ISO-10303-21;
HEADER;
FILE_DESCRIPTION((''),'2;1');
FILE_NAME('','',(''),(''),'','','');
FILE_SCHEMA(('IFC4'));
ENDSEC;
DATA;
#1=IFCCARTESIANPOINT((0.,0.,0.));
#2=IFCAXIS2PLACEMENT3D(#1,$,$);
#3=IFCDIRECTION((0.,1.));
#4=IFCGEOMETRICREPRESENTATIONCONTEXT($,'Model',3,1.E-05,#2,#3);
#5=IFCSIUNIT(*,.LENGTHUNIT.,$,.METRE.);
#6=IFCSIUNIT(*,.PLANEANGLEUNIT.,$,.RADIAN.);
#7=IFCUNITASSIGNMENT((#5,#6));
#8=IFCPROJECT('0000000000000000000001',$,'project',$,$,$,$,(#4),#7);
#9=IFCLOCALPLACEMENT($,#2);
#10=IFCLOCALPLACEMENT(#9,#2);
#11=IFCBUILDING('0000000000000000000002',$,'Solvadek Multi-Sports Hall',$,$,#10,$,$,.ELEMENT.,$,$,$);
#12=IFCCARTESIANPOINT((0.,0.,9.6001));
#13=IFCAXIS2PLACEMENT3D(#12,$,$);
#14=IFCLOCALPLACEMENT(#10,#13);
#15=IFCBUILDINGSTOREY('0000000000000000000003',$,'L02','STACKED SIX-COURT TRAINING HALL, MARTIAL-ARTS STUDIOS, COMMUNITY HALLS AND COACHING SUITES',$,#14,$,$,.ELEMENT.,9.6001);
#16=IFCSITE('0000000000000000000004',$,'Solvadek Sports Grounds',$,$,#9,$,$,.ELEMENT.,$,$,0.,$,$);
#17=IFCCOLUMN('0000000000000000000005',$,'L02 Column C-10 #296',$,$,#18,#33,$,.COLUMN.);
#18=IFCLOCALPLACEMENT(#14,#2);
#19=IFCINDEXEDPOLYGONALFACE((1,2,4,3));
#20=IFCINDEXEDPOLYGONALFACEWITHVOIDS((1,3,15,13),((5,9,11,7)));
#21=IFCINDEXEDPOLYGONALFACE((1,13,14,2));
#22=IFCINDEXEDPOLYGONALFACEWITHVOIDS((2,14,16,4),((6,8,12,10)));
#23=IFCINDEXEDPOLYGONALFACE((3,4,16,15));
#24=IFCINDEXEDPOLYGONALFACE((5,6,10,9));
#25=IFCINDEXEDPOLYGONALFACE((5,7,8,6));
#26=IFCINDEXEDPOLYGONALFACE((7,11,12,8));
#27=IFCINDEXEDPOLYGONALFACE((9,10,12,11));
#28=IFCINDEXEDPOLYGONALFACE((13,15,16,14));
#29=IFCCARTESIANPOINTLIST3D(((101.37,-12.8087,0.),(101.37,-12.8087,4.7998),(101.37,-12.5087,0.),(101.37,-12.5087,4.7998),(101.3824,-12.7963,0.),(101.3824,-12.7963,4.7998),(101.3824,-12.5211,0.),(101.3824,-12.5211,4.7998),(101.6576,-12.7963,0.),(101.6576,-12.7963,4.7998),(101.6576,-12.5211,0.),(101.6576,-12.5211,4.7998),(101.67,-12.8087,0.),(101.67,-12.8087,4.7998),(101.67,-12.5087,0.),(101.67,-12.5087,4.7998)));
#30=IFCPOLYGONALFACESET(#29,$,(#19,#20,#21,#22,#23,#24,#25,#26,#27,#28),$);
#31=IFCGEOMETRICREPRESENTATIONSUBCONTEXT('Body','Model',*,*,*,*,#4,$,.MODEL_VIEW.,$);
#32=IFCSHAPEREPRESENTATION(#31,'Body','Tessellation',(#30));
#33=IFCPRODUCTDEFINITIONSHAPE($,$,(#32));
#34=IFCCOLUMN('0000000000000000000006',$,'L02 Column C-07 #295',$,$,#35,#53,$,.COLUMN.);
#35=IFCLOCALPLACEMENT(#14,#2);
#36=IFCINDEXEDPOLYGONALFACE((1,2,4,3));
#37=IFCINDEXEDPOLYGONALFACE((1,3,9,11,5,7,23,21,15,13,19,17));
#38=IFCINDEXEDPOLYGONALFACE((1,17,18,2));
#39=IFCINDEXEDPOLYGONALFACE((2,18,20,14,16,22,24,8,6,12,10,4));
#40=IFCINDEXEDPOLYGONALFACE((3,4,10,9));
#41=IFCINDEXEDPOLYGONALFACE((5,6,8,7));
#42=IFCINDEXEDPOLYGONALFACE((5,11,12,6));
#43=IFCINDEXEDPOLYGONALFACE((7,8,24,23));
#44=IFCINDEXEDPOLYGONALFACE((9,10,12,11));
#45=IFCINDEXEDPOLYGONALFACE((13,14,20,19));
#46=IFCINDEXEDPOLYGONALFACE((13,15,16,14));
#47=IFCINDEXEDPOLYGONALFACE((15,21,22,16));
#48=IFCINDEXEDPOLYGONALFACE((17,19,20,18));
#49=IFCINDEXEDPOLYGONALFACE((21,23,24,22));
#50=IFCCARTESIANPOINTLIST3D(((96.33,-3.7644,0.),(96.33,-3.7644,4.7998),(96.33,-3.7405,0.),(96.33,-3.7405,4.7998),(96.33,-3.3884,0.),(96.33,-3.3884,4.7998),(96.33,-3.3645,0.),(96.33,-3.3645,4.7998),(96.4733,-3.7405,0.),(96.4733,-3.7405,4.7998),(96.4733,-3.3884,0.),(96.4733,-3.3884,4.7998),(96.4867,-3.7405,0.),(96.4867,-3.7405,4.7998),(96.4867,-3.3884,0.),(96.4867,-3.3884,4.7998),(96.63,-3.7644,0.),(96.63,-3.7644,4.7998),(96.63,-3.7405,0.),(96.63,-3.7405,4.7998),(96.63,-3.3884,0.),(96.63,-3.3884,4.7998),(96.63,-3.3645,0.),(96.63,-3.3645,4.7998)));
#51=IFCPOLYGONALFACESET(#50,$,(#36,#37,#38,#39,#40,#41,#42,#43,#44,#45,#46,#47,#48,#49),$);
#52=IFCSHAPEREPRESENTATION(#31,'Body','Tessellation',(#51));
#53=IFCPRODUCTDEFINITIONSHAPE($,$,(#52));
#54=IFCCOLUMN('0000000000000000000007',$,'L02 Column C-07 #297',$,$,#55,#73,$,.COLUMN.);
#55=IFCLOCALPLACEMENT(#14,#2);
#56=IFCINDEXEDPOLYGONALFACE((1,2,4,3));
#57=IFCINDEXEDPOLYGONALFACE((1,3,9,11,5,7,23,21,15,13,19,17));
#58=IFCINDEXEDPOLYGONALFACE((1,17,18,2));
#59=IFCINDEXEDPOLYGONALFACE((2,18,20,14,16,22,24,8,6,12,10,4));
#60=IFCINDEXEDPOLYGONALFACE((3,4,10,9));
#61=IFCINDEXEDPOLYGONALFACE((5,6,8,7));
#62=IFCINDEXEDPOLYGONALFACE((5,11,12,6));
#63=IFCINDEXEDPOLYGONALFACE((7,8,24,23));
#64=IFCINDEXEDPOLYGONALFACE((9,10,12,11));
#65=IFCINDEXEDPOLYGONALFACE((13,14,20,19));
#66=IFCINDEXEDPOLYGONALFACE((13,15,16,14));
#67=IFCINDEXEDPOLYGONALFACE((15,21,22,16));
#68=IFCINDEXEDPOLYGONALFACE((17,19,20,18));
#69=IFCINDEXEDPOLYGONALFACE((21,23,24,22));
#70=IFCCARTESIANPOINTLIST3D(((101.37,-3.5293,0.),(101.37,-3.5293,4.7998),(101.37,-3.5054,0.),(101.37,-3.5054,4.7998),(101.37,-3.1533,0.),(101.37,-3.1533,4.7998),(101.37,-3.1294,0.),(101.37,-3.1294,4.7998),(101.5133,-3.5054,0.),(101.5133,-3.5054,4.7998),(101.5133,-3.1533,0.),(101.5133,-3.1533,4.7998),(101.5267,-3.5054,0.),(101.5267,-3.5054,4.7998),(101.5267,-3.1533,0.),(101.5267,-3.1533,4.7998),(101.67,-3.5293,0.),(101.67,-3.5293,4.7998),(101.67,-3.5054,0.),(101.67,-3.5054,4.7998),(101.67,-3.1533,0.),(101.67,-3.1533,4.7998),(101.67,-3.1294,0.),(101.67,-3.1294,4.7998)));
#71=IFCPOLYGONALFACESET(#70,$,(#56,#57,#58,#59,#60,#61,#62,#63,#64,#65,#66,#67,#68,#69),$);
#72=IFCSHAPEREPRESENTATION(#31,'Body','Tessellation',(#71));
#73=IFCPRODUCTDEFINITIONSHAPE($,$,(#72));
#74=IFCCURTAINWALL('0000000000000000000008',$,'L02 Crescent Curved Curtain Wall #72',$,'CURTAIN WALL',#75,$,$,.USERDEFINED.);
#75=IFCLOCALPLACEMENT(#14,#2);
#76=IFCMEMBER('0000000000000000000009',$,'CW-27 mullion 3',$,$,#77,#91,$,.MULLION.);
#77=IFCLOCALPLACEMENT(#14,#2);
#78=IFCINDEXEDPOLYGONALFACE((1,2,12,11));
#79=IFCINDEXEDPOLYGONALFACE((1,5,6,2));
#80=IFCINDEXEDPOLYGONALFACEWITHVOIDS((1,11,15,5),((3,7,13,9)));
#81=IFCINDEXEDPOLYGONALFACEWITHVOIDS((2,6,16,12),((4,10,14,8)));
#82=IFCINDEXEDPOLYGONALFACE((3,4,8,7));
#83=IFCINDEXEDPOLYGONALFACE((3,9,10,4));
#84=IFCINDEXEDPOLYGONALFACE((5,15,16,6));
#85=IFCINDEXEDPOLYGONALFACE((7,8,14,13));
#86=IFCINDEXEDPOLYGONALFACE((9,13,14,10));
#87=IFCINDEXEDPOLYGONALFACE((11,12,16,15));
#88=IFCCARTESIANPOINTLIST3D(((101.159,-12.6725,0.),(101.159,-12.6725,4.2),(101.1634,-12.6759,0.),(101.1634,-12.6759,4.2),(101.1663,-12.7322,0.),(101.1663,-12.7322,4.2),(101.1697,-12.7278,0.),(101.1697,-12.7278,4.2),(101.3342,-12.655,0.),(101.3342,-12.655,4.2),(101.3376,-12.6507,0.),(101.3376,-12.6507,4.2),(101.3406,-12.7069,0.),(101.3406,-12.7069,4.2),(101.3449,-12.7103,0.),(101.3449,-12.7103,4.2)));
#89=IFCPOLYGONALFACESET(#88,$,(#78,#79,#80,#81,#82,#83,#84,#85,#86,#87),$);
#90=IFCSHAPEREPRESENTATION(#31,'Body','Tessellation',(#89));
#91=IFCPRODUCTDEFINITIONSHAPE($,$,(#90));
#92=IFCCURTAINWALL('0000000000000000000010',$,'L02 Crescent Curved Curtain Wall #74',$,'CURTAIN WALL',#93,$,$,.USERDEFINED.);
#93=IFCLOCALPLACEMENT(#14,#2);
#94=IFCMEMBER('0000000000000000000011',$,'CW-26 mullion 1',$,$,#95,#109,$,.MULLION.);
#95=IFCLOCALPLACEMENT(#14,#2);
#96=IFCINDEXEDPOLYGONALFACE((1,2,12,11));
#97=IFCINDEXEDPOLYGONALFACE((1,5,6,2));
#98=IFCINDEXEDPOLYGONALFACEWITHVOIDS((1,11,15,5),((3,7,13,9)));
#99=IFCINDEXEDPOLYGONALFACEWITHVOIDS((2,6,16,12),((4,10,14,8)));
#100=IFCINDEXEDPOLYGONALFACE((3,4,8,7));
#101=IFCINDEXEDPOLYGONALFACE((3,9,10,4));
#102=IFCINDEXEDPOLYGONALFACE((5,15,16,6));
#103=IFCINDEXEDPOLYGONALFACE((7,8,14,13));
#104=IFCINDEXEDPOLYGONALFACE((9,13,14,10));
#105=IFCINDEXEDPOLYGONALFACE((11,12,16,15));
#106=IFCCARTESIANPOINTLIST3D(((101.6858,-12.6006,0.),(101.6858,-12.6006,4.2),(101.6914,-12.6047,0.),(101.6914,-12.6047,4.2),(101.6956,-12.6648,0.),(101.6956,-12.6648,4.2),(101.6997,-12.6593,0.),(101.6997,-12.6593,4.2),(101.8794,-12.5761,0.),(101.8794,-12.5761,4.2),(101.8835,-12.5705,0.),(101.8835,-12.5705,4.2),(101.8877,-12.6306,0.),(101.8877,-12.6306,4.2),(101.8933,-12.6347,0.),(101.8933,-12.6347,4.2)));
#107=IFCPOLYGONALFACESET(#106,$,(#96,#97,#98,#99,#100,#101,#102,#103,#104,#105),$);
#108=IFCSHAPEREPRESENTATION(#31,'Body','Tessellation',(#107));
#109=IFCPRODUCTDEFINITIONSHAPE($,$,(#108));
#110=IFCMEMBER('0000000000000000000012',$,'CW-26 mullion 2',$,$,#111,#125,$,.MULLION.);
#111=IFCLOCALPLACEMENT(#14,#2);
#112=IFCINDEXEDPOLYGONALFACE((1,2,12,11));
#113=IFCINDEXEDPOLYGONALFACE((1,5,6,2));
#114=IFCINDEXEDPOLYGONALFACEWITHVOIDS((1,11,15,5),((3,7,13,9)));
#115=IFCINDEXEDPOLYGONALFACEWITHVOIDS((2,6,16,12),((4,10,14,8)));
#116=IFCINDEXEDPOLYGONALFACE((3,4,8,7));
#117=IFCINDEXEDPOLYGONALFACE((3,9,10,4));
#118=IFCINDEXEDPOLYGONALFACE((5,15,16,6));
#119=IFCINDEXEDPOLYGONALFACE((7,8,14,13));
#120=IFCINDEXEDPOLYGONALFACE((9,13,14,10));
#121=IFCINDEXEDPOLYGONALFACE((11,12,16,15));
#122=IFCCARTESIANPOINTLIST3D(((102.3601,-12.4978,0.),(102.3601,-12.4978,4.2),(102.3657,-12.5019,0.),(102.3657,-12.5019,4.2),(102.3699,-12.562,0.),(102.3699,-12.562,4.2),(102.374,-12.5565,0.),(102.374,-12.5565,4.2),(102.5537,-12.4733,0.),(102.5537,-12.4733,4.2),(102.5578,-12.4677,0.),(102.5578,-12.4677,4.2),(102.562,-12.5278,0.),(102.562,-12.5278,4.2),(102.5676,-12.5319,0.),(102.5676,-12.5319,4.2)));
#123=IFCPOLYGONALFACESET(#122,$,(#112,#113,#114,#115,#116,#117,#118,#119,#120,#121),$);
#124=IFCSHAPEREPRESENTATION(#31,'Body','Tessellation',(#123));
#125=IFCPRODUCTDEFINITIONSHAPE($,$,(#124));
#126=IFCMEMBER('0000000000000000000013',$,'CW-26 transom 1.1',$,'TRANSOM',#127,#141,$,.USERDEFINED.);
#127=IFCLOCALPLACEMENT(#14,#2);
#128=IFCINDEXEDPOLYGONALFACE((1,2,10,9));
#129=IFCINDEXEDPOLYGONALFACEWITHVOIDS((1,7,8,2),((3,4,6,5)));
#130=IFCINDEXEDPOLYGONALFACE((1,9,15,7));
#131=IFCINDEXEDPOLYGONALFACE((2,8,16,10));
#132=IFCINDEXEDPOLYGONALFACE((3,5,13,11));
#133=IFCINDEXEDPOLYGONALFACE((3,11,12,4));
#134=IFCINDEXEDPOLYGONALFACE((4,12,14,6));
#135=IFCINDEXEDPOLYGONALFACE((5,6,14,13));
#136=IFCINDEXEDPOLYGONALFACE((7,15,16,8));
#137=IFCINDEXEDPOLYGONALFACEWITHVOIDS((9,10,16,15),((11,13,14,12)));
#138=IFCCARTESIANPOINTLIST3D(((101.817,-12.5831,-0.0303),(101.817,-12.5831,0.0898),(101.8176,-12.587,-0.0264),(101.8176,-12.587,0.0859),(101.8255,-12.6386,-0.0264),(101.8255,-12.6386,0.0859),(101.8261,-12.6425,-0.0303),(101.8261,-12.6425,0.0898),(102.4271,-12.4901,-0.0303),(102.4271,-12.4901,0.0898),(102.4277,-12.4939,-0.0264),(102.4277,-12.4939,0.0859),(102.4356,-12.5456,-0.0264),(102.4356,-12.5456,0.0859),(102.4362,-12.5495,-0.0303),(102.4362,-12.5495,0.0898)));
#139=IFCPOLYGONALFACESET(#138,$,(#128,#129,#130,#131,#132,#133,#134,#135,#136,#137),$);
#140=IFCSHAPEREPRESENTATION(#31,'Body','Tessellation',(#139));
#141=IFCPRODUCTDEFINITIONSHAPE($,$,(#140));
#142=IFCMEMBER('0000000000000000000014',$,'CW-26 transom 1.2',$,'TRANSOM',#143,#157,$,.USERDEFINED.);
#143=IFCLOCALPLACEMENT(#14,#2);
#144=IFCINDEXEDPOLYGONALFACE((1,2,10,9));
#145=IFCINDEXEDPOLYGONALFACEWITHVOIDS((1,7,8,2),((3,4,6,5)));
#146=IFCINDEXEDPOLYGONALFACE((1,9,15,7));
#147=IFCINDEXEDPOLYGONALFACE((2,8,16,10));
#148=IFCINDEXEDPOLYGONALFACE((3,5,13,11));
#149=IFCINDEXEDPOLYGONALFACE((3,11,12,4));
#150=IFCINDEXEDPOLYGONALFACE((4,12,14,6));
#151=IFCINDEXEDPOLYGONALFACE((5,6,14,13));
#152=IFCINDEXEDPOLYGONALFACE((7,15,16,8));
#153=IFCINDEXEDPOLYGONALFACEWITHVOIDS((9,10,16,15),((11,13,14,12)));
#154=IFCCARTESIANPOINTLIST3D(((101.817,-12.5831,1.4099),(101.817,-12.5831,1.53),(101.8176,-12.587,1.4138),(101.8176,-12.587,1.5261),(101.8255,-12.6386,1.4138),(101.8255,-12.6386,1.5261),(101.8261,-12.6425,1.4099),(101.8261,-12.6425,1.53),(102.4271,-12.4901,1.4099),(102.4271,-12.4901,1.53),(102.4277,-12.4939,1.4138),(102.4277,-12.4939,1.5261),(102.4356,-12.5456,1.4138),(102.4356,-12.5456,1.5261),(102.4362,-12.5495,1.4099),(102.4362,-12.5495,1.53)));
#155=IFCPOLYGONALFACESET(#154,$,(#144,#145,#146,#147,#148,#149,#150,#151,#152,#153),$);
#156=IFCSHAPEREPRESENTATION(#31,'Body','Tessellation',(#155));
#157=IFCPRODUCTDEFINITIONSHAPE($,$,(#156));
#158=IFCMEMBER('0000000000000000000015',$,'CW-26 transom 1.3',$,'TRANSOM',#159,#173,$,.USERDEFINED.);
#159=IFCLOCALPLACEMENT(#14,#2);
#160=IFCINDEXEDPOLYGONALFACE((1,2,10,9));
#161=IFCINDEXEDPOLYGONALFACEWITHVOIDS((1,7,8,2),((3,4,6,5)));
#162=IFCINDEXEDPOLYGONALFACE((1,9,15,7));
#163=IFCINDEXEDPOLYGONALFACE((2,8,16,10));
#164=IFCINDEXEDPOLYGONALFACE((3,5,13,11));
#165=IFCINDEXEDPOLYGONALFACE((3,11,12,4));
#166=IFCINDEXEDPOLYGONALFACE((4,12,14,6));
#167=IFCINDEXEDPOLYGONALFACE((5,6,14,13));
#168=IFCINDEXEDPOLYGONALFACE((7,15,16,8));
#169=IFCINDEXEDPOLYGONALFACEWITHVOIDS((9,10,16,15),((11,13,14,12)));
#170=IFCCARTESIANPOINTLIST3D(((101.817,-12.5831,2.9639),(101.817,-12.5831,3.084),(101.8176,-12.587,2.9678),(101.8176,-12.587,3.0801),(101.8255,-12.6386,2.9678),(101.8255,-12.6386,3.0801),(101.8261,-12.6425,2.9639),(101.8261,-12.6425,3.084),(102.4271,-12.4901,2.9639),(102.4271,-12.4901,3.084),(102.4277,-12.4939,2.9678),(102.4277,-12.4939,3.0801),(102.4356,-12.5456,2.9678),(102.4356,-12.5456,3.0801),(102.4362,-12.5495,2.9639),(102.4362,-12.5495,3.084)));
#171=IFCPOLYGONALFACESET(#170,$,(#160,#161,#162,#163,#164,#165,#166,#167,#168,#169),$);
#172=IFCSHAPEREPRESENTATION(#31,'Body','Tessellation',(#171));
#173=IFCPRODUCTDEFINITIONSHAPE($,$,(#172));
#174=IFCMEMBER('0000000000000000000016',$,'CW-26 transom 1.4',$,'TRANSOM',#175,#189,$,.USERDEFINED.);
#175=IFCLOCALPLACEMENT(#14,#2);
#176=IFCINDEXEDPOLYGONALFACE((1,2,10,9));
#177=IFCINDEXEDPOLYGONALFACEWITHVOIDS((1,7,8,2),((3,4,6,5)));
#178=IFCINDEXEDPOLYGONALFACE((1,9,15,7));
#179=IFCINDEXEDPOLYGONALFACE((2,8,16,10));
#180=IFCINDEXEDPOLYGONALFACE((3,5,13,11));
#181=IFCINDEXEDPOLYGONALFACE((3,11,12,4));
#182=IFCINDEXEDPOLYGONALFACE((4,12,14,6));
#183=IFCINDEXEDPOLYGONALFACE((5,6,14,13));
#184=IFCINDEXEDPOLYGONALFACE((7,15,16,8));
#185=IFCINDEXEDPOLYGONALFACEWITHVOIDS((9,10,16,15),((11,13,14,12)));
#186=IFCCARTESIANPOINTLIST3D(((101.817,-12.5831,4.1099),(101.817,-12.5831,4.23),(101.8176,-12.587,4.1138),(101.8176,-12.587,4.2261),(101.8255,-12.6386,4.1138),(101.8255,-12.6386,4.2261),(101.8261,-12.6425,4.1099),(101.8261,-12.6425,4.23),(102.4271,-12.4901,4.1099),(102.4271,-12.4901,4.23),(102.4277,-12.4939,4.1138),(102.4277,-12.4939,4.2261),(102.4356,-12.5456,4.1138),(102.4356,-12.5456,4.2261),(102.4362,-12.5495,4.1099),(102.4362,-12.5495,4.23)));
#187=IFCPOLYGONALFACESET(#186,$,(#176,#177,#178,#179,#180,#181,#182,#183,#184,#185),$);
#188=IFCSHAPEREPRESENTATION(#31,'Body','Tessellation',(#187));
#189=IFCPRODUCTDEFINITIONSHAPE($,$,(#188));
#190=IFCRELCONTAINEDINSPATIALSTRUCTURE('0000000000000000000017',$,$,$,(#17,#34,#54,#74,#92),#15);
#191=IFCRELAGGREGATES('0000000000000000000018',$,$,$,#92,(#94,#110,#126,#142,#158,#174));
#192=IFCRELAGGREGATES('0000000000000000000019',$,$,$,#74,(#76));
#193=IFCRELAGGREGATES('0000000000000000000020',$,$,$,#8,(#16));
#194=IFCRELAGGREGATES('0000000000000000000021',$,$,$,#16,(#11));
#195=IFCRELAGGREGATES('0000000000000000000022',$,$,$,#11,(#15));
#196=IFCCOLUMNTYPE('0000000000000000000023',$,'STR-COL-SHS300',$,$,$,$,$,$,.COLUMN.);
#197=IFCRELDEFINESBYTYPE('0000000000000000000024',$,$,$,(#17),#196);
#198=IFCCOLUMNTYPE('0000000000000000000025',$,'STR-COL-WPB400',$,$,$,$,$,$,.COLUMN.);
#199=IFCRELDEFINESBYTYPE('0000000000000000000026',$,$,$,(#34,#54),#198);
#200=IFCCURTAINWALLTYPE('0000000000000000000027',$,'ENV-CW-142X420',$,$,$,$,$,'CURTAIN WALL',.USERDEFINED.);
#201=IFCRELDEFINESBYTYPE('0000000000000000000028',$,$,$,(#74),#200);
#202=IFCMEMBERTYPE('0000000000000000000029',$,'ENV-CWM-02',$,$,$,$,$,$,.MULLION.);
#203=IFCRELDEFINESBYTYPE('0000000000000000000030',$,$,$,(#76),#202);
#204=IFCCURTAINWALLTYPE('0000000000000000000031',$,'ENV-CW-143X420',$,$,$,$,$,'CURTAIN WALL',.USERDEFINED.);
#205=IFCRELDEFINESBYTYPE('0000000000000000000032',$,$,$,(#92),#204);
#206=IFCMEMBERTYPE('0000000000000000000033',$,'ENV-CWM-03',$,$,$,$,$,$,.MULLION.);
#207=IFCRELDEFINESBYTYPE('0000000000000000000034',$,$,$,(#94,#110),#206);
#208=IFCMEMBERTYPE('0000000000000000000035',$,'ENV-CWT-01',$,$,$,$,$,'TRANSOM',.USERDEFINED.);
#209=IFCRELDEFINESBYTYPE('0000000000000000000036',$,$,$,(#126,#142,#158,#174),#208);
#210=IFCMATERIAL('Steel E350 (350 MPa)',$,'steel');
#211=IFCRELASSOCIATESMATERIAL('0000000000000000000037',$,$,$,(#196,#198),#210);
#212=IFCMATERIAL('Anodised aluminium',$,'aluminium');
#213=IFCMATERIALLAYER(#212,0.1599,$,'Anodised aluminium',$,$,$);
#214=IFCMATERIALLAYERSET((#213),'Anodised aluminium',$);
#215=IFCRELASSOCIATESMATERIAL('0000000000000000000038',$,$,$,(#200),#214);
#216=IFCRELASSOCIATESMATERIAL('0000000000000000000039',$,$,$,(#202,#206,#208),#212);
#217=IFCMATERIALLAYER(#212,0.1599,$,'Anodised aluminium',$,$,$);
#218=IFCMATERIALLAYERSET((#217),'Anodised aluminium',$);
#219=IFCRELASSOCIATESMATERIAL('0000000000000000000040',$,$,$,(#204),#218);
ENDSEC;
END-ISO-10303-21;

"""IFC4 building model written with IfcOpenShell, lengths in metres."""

from ifc_helpers import new_model, si_unit, direction, frame, origin, origin_2d, place, context, subcontext, project, spatial, hollow_rectangle, i_section, extrude, material, layer, layer_set, material_profile, profile_set, type_object, element, aggregate, save


model = new_model("IFC4")

# Units and contexts
model_context = context("Model", 3, precision=1e-05, world=origin(), true_north=direction((0.0, 1.0)))
body_context = subcontext(model_context, "Body", "Model", "MODEL_VIEW")
ifc_project = project(units=[si_unit("LENGTHUNIT", "METRE"), si_unit("PLANEANGLEUNIT", "RADIAN")], contexts=[model_context])

# Site, building, storey
site_placement = place(None, origin())
site = spatial("IfcSite", under=ifc_project, at=site_placement, Name="Solvadek Sports Grounds", CompositionType="ELEMENT", RefElevation=0.0)
building_placement = place(site_placement, origin())
building = spatial("IfcBuilding", under=site, at=building_placement, Name="Solvadek Multi-Sports Hall", CompositionType="ELEMENT")
storey_placement = place(building_placement, frame((0.0, 0.0, 9.6001)))
storey = spatial("IfcBuildingStorey", under=building, at=storey_placement, Name="L02", Description="STACKED SIX-COURT TRAINING HALL, MARTIAL-ARTS STUDIOS, COMMUNITY HALLS AND COACHING SUITES", CompositionType="ELEMENT", Elevation=9.6001)

# Columns
ifc_material_1 = material(Name="Steel E350 (350 MPa)", Category="steel")
ifc_material_profile_1 = material_profile(ifc_material_1, hollow_rectangle(XDim=0.3, YDim=0.3, WallThickness=0.0125, at=origin_2d()), Name="SHS 300x300x12.5")
ifc_profile_set_1 = profile_set([ifc_material_profile_1], Name="Steel E350 (350 MPa)")
column_type_1 = type_object("IfcColumnType", Name="STR-COL-SHS300", PredefinedType="COLUMN", material=ifc_profile_set_1)
column_placement = place(storey_placement, frame((101.52, -12.6587, 0.0), z_axis=(0.0, 0.0, 1.0), x_axis=(1.0, 0.0, 0.0)))
element("IfcColumn", 1, at=column_placement, inside=storey, type_object=column_type_1, Name="L02 Column C-10 #296", PredefinedType="COLUMN", context=body_context, shape_type="SweptSolid", body=[
    extrude(hollow_rectangle(XDim=0.3, YDim=0.3, WallThickness=0.0125, at=origin_2d()), origin(), (0.0, 0.0, 1.0), 4.7998),
])
ifc_material_profile_2 = material_profile(ifc_material_1, i_section(OverallWidth=0.3, OverallDepth=0.3999, WebThickness=0.0134, FlangeThickness=0.0239, at=origin_2d()), Name="WPB 400")
ifc_profile_set_2 = profile_set([ifc_material_profile_2], Name="Steel E350 (350 MPa)")
column_type_2 = type_object("IfcColumnType", Name="STR-COL-WPB400", PredefinedType="COLUMN", material=ifc_profile_set_2)
for number, where, z_axis, x_axis, name in (
    (2, (96.48, -3.5645, 0.0), (0.0, 0.0, 1.0), (1.0, 0.0, 0.0), "L02 Column C-07 #295"),
    (3, (101.52, -3.3293, 0.0), (0.0, 0.0, 1.0), (1.0, 0.0, 0.0), "L02 Column C-07 #297"),
):
    element("IfcColumn", number, at=place(storey_placement, frame(where, z_axis=z_axis, x_axis=x_axis)), inside=storey, type_object=column_type_2, Name=name, PredefinedType="COLUMN", context=body_context, shape_type="SweptSolid", body=[
        extrude(i_section(OverallWidth=0.3, OverallDepth=0.3999, WebThickness=0.0134, FlangeThickness=0.0239, at=origin_2d()), origin(), (0.0, 0.0, 1.0), 4.7998),
    ])

# Curtain wall, member
ifc_material_2 = material(Name="Anodised aluminium", Category="aluminium")
ifc_layer_1 = layer(ifc_material_2, 0.1599, Name="Anodised aluminium")
ifc_layer_set_1 = layer_set([ifc_layer_1], Name="Anodised aluminium")
curtain_wall_type_1 = type_object("IfcCurtainWallType", Name="ENV-CW-142X420", ElementType="CURTAIN WALL", PredefinedType="USERDEFINED", material=ifc_layer_set_1)
curtain_wall_1_placement = place(storey_placement, origin())
curtain_wall_1 = element("IfcCurtainWall", 4, at=curtain_wall_1_placement, inside=storey, type_object=curtain_wall_type_1, Name="L02 Crescent Curved Curtain Wall #72", ObjectType="CURTAIN WALL", PredefinedType="USERDEFINED")
ifc_material_profile_3 = material_profile(ifc_material_2, hollow_rectangle(XDim=0.0601, YDim=0.1799, WallThickness=0.0039, at=origin_2d()), Name="ALU-M 180x60x4")
ifc_profile_set_3 = profile_set([ifc_material_profile_3], Name="Anodised aluminium")
member_type_1 = type_object("IfcMemberType", Name="ENV-CWM-02", PredefinedType="MULLION", material=ifc_profile_set_3)
member_1_placement = place(storey_placement, frame((101.252, -12.6914, 0.0), z_axis=(0.0, 0.0, 1.0), x_axis=(-0.121681, 0.992569, 0.0)))
member_1 = element("IfcMember", 5, at=member_1_placement, type_object=member_type_1, Name="CW-27 mullion 3", PredefinedType="MULLION", context=body_context, shape_type="SweptSolid", body=[
    extrude(hollow_rectangle(XDim=0.0601, YDim=0.1799, WallThickness=0.0039, at=origin_2d()), origin(), (0.0, 0.0, 1.0), 4.2),
])

# Curtain wall, members
ifc_layer_2 = layer(ifc_material_2, 0.1599, Name="Anodised aluminium")
ifc_layer_set_2 = layer_set([ifc_layer_2], Name="Anodised aluminium")
curtain_wall_type_2 = type_object("IfcCurtainWallType", Name="ENV-CW-143X420", ElementType="CURTAIN WALL", PredefinedType="USERDEFINED", material=ifc_layer_set_2)
curtain_wall_2_placement = place(storey_placement, origin())
curtain_wall_2 = element("IfcCurtainWall", 6, at=curtain_wall_2_placement, inside=storey, type_object=curtain_wall_type_2, Name="L02 Crescent Curved Curtain Wall #74", ObjectType="CURTAIN WALL", PredefinedType="USERDEFINED")
ifc_material_profile_4 = material_profile(ifc_material_2, hollow_rectangle(XDim=0.0649, YDim=0.2, WallThickness=0.0049, at=origin_2d()), Name="ALU-M 200x65x5")
ifc_profile_set_4 = profile_set([ifc_material_profile_4], Name="Anodised aluminium")
member_type_2 = type_object("IfcMemberType", Name="ENV-CWM-03", PredefinedType="MULLION", material=ifc_profile_set_4)
member_2_placement = place(storey_placement, frame((101.7896, -12.6177, 0.0), z_axis=(0.0, 0.0, 1.0), x_axis=(-0.150564, 0.9886, 0.0)))
member_2 = element("IfcMember", 7, at=member_2_placement, type_object=member_type_2, Name="CW-26 mullion 1", PredefinedType="MULLION", context=body_context, shape_type="SweptSolid", body=[
    extrude(hollow_rectangle(XDim=0.0649, YDim=0.2, WallThickness=0.0049, at=origin_2d()), origin(), (0.0, 0.0, 1.0), 4.2),
])
member_3_placement = place(storey_placement, frame((102.4639, -12.5149, 0.0), z_axis=(0.0, 0.0, 1.0), x_axis=(-0.150564, 0.9886, 0.0)))
member_3 = element("IfcMember", 8, at=member_3_placement, type_object=member_type_2, Name="CW-26 mullion 2", PredefinedType="MULLION", context=body_context, shape_type="SweptSolid", body=[
    extrude(hollow_rectangle(XDim=0.0649, YDim=0.2, WallThickness=0.0049, at=origin_2d()), origin(), (0.0, 0.0, 1.0), 4.2),
])
ifc_material_profile_5 = material_profile(ifc_material_2, hollow_rectangle(XDim=0.0601, YDim=0.1201, WallThickness=0.0039, at=origin_2d()), Name="ALU-T 120x60x4")
ifc_profile_set_5 = profile_set([ifc_material_profile_5], Name="Anodised aluminium")
member_type_3 = type_object("IfcMemberType", Name="ENV-CWT-01", ElementType="TRANSOM", PredefinedType="USERDEFINED", material=ifc_profile_set_5)
member_4_placement = place(storey_placement, frame((101.8215, -12.6128, 0.0298), z_axis=(0.988577, 0.150719, 0.0), x_axis=(-0.150719, 0.988577, 0.0)))
member_4 = element("IfcMember", 9, at=member_4_placement, type_object=member_type_3, Name="CW-26 transom 1.1", ObjectType="TRANSOM", PredefinedType="USERDEFINED", context=body_context, shape_type="SweptSolid", body=[
    extrude(hollow_rectangle(XDim=0.0601, YDim=0.1201, WallThickness=0.0039, at=origin_2d()), origin(), (0.0, 0.0, 1.0), 0.6172),
])
member_5_placement = place(storey_placement, frame((101.8215, -12.6128, 1.47), z_axis=(0.988577, 0.150719, 0.0), x_axis=(-0.150719, 0.988577, 0.0)))
member_5 = element("IfcMember", 10, at=member_5_placement, type_object=member_type_3, Name="CW-26 transom 1.2", ObjectType="TRANSOM", PredefinedType="USERDEFINED", context=body_context, shape_type="SweptSolid", body=[
    extrude(hollow_rectangle(XDim=0.0601, YDim=0.1201, WallThickness=0.0039, at=origin_2d()), origin(), (0.0, 0.0, 1.0), 0.6172),
])
member_6_placement = place(storey_placement, frame((101.8215, -12.6128, 3.0239), z_axis=(0.988577, 0.150719, 0.0), x_axis=(-0.150719, 0.988577, 0.0)))
member_6 = element("IfcMember", 11, at=member_6_placement, type_object=member_type_3, Name="CW-26 transom 1.3", ObjectType="TRANSOM", PredefinedType="USERDEFINED", context=body_context, shape_type="SweptSolid", body=[
    extrude(hollow_rectangle(XDim=0.0601, YDim=0.1201, WallThickness=0.0039, at=origin_2d()), origin(), (0.0, 0.0, 1.0), 0.6172),
])
member_7_placement = place(storey_placement, frame((101.8215, -12.6128, 4.1699), z_axis=(0.988577, 0.150719, 0.0), x_axis=(-0.150719, 0.988577, 0.0)))
member_7 = element("IfcMember", 12, at=member_7_placement, type_object=member_type_3, Name="CW-26 transom 1.4", ObjectType="TRANSOM", PredefinedType="USERDEFINED", context=body_context, shape_type="SweptSolid", body=[
    extrude(hollow_rectangle(XDim=0.0601, YDim=0.1201, WallThickness=0.0039, at=origin_2d()), origin(), (0.0, 0.0, 1.0), 0.6172),
])

aggregate(curtain_wall_2, [member_2, member_3, member_4, member_5, member_6, member_7])
aggregate(curtain_wall_1, [member_1])

save(model, "model.ifc")
